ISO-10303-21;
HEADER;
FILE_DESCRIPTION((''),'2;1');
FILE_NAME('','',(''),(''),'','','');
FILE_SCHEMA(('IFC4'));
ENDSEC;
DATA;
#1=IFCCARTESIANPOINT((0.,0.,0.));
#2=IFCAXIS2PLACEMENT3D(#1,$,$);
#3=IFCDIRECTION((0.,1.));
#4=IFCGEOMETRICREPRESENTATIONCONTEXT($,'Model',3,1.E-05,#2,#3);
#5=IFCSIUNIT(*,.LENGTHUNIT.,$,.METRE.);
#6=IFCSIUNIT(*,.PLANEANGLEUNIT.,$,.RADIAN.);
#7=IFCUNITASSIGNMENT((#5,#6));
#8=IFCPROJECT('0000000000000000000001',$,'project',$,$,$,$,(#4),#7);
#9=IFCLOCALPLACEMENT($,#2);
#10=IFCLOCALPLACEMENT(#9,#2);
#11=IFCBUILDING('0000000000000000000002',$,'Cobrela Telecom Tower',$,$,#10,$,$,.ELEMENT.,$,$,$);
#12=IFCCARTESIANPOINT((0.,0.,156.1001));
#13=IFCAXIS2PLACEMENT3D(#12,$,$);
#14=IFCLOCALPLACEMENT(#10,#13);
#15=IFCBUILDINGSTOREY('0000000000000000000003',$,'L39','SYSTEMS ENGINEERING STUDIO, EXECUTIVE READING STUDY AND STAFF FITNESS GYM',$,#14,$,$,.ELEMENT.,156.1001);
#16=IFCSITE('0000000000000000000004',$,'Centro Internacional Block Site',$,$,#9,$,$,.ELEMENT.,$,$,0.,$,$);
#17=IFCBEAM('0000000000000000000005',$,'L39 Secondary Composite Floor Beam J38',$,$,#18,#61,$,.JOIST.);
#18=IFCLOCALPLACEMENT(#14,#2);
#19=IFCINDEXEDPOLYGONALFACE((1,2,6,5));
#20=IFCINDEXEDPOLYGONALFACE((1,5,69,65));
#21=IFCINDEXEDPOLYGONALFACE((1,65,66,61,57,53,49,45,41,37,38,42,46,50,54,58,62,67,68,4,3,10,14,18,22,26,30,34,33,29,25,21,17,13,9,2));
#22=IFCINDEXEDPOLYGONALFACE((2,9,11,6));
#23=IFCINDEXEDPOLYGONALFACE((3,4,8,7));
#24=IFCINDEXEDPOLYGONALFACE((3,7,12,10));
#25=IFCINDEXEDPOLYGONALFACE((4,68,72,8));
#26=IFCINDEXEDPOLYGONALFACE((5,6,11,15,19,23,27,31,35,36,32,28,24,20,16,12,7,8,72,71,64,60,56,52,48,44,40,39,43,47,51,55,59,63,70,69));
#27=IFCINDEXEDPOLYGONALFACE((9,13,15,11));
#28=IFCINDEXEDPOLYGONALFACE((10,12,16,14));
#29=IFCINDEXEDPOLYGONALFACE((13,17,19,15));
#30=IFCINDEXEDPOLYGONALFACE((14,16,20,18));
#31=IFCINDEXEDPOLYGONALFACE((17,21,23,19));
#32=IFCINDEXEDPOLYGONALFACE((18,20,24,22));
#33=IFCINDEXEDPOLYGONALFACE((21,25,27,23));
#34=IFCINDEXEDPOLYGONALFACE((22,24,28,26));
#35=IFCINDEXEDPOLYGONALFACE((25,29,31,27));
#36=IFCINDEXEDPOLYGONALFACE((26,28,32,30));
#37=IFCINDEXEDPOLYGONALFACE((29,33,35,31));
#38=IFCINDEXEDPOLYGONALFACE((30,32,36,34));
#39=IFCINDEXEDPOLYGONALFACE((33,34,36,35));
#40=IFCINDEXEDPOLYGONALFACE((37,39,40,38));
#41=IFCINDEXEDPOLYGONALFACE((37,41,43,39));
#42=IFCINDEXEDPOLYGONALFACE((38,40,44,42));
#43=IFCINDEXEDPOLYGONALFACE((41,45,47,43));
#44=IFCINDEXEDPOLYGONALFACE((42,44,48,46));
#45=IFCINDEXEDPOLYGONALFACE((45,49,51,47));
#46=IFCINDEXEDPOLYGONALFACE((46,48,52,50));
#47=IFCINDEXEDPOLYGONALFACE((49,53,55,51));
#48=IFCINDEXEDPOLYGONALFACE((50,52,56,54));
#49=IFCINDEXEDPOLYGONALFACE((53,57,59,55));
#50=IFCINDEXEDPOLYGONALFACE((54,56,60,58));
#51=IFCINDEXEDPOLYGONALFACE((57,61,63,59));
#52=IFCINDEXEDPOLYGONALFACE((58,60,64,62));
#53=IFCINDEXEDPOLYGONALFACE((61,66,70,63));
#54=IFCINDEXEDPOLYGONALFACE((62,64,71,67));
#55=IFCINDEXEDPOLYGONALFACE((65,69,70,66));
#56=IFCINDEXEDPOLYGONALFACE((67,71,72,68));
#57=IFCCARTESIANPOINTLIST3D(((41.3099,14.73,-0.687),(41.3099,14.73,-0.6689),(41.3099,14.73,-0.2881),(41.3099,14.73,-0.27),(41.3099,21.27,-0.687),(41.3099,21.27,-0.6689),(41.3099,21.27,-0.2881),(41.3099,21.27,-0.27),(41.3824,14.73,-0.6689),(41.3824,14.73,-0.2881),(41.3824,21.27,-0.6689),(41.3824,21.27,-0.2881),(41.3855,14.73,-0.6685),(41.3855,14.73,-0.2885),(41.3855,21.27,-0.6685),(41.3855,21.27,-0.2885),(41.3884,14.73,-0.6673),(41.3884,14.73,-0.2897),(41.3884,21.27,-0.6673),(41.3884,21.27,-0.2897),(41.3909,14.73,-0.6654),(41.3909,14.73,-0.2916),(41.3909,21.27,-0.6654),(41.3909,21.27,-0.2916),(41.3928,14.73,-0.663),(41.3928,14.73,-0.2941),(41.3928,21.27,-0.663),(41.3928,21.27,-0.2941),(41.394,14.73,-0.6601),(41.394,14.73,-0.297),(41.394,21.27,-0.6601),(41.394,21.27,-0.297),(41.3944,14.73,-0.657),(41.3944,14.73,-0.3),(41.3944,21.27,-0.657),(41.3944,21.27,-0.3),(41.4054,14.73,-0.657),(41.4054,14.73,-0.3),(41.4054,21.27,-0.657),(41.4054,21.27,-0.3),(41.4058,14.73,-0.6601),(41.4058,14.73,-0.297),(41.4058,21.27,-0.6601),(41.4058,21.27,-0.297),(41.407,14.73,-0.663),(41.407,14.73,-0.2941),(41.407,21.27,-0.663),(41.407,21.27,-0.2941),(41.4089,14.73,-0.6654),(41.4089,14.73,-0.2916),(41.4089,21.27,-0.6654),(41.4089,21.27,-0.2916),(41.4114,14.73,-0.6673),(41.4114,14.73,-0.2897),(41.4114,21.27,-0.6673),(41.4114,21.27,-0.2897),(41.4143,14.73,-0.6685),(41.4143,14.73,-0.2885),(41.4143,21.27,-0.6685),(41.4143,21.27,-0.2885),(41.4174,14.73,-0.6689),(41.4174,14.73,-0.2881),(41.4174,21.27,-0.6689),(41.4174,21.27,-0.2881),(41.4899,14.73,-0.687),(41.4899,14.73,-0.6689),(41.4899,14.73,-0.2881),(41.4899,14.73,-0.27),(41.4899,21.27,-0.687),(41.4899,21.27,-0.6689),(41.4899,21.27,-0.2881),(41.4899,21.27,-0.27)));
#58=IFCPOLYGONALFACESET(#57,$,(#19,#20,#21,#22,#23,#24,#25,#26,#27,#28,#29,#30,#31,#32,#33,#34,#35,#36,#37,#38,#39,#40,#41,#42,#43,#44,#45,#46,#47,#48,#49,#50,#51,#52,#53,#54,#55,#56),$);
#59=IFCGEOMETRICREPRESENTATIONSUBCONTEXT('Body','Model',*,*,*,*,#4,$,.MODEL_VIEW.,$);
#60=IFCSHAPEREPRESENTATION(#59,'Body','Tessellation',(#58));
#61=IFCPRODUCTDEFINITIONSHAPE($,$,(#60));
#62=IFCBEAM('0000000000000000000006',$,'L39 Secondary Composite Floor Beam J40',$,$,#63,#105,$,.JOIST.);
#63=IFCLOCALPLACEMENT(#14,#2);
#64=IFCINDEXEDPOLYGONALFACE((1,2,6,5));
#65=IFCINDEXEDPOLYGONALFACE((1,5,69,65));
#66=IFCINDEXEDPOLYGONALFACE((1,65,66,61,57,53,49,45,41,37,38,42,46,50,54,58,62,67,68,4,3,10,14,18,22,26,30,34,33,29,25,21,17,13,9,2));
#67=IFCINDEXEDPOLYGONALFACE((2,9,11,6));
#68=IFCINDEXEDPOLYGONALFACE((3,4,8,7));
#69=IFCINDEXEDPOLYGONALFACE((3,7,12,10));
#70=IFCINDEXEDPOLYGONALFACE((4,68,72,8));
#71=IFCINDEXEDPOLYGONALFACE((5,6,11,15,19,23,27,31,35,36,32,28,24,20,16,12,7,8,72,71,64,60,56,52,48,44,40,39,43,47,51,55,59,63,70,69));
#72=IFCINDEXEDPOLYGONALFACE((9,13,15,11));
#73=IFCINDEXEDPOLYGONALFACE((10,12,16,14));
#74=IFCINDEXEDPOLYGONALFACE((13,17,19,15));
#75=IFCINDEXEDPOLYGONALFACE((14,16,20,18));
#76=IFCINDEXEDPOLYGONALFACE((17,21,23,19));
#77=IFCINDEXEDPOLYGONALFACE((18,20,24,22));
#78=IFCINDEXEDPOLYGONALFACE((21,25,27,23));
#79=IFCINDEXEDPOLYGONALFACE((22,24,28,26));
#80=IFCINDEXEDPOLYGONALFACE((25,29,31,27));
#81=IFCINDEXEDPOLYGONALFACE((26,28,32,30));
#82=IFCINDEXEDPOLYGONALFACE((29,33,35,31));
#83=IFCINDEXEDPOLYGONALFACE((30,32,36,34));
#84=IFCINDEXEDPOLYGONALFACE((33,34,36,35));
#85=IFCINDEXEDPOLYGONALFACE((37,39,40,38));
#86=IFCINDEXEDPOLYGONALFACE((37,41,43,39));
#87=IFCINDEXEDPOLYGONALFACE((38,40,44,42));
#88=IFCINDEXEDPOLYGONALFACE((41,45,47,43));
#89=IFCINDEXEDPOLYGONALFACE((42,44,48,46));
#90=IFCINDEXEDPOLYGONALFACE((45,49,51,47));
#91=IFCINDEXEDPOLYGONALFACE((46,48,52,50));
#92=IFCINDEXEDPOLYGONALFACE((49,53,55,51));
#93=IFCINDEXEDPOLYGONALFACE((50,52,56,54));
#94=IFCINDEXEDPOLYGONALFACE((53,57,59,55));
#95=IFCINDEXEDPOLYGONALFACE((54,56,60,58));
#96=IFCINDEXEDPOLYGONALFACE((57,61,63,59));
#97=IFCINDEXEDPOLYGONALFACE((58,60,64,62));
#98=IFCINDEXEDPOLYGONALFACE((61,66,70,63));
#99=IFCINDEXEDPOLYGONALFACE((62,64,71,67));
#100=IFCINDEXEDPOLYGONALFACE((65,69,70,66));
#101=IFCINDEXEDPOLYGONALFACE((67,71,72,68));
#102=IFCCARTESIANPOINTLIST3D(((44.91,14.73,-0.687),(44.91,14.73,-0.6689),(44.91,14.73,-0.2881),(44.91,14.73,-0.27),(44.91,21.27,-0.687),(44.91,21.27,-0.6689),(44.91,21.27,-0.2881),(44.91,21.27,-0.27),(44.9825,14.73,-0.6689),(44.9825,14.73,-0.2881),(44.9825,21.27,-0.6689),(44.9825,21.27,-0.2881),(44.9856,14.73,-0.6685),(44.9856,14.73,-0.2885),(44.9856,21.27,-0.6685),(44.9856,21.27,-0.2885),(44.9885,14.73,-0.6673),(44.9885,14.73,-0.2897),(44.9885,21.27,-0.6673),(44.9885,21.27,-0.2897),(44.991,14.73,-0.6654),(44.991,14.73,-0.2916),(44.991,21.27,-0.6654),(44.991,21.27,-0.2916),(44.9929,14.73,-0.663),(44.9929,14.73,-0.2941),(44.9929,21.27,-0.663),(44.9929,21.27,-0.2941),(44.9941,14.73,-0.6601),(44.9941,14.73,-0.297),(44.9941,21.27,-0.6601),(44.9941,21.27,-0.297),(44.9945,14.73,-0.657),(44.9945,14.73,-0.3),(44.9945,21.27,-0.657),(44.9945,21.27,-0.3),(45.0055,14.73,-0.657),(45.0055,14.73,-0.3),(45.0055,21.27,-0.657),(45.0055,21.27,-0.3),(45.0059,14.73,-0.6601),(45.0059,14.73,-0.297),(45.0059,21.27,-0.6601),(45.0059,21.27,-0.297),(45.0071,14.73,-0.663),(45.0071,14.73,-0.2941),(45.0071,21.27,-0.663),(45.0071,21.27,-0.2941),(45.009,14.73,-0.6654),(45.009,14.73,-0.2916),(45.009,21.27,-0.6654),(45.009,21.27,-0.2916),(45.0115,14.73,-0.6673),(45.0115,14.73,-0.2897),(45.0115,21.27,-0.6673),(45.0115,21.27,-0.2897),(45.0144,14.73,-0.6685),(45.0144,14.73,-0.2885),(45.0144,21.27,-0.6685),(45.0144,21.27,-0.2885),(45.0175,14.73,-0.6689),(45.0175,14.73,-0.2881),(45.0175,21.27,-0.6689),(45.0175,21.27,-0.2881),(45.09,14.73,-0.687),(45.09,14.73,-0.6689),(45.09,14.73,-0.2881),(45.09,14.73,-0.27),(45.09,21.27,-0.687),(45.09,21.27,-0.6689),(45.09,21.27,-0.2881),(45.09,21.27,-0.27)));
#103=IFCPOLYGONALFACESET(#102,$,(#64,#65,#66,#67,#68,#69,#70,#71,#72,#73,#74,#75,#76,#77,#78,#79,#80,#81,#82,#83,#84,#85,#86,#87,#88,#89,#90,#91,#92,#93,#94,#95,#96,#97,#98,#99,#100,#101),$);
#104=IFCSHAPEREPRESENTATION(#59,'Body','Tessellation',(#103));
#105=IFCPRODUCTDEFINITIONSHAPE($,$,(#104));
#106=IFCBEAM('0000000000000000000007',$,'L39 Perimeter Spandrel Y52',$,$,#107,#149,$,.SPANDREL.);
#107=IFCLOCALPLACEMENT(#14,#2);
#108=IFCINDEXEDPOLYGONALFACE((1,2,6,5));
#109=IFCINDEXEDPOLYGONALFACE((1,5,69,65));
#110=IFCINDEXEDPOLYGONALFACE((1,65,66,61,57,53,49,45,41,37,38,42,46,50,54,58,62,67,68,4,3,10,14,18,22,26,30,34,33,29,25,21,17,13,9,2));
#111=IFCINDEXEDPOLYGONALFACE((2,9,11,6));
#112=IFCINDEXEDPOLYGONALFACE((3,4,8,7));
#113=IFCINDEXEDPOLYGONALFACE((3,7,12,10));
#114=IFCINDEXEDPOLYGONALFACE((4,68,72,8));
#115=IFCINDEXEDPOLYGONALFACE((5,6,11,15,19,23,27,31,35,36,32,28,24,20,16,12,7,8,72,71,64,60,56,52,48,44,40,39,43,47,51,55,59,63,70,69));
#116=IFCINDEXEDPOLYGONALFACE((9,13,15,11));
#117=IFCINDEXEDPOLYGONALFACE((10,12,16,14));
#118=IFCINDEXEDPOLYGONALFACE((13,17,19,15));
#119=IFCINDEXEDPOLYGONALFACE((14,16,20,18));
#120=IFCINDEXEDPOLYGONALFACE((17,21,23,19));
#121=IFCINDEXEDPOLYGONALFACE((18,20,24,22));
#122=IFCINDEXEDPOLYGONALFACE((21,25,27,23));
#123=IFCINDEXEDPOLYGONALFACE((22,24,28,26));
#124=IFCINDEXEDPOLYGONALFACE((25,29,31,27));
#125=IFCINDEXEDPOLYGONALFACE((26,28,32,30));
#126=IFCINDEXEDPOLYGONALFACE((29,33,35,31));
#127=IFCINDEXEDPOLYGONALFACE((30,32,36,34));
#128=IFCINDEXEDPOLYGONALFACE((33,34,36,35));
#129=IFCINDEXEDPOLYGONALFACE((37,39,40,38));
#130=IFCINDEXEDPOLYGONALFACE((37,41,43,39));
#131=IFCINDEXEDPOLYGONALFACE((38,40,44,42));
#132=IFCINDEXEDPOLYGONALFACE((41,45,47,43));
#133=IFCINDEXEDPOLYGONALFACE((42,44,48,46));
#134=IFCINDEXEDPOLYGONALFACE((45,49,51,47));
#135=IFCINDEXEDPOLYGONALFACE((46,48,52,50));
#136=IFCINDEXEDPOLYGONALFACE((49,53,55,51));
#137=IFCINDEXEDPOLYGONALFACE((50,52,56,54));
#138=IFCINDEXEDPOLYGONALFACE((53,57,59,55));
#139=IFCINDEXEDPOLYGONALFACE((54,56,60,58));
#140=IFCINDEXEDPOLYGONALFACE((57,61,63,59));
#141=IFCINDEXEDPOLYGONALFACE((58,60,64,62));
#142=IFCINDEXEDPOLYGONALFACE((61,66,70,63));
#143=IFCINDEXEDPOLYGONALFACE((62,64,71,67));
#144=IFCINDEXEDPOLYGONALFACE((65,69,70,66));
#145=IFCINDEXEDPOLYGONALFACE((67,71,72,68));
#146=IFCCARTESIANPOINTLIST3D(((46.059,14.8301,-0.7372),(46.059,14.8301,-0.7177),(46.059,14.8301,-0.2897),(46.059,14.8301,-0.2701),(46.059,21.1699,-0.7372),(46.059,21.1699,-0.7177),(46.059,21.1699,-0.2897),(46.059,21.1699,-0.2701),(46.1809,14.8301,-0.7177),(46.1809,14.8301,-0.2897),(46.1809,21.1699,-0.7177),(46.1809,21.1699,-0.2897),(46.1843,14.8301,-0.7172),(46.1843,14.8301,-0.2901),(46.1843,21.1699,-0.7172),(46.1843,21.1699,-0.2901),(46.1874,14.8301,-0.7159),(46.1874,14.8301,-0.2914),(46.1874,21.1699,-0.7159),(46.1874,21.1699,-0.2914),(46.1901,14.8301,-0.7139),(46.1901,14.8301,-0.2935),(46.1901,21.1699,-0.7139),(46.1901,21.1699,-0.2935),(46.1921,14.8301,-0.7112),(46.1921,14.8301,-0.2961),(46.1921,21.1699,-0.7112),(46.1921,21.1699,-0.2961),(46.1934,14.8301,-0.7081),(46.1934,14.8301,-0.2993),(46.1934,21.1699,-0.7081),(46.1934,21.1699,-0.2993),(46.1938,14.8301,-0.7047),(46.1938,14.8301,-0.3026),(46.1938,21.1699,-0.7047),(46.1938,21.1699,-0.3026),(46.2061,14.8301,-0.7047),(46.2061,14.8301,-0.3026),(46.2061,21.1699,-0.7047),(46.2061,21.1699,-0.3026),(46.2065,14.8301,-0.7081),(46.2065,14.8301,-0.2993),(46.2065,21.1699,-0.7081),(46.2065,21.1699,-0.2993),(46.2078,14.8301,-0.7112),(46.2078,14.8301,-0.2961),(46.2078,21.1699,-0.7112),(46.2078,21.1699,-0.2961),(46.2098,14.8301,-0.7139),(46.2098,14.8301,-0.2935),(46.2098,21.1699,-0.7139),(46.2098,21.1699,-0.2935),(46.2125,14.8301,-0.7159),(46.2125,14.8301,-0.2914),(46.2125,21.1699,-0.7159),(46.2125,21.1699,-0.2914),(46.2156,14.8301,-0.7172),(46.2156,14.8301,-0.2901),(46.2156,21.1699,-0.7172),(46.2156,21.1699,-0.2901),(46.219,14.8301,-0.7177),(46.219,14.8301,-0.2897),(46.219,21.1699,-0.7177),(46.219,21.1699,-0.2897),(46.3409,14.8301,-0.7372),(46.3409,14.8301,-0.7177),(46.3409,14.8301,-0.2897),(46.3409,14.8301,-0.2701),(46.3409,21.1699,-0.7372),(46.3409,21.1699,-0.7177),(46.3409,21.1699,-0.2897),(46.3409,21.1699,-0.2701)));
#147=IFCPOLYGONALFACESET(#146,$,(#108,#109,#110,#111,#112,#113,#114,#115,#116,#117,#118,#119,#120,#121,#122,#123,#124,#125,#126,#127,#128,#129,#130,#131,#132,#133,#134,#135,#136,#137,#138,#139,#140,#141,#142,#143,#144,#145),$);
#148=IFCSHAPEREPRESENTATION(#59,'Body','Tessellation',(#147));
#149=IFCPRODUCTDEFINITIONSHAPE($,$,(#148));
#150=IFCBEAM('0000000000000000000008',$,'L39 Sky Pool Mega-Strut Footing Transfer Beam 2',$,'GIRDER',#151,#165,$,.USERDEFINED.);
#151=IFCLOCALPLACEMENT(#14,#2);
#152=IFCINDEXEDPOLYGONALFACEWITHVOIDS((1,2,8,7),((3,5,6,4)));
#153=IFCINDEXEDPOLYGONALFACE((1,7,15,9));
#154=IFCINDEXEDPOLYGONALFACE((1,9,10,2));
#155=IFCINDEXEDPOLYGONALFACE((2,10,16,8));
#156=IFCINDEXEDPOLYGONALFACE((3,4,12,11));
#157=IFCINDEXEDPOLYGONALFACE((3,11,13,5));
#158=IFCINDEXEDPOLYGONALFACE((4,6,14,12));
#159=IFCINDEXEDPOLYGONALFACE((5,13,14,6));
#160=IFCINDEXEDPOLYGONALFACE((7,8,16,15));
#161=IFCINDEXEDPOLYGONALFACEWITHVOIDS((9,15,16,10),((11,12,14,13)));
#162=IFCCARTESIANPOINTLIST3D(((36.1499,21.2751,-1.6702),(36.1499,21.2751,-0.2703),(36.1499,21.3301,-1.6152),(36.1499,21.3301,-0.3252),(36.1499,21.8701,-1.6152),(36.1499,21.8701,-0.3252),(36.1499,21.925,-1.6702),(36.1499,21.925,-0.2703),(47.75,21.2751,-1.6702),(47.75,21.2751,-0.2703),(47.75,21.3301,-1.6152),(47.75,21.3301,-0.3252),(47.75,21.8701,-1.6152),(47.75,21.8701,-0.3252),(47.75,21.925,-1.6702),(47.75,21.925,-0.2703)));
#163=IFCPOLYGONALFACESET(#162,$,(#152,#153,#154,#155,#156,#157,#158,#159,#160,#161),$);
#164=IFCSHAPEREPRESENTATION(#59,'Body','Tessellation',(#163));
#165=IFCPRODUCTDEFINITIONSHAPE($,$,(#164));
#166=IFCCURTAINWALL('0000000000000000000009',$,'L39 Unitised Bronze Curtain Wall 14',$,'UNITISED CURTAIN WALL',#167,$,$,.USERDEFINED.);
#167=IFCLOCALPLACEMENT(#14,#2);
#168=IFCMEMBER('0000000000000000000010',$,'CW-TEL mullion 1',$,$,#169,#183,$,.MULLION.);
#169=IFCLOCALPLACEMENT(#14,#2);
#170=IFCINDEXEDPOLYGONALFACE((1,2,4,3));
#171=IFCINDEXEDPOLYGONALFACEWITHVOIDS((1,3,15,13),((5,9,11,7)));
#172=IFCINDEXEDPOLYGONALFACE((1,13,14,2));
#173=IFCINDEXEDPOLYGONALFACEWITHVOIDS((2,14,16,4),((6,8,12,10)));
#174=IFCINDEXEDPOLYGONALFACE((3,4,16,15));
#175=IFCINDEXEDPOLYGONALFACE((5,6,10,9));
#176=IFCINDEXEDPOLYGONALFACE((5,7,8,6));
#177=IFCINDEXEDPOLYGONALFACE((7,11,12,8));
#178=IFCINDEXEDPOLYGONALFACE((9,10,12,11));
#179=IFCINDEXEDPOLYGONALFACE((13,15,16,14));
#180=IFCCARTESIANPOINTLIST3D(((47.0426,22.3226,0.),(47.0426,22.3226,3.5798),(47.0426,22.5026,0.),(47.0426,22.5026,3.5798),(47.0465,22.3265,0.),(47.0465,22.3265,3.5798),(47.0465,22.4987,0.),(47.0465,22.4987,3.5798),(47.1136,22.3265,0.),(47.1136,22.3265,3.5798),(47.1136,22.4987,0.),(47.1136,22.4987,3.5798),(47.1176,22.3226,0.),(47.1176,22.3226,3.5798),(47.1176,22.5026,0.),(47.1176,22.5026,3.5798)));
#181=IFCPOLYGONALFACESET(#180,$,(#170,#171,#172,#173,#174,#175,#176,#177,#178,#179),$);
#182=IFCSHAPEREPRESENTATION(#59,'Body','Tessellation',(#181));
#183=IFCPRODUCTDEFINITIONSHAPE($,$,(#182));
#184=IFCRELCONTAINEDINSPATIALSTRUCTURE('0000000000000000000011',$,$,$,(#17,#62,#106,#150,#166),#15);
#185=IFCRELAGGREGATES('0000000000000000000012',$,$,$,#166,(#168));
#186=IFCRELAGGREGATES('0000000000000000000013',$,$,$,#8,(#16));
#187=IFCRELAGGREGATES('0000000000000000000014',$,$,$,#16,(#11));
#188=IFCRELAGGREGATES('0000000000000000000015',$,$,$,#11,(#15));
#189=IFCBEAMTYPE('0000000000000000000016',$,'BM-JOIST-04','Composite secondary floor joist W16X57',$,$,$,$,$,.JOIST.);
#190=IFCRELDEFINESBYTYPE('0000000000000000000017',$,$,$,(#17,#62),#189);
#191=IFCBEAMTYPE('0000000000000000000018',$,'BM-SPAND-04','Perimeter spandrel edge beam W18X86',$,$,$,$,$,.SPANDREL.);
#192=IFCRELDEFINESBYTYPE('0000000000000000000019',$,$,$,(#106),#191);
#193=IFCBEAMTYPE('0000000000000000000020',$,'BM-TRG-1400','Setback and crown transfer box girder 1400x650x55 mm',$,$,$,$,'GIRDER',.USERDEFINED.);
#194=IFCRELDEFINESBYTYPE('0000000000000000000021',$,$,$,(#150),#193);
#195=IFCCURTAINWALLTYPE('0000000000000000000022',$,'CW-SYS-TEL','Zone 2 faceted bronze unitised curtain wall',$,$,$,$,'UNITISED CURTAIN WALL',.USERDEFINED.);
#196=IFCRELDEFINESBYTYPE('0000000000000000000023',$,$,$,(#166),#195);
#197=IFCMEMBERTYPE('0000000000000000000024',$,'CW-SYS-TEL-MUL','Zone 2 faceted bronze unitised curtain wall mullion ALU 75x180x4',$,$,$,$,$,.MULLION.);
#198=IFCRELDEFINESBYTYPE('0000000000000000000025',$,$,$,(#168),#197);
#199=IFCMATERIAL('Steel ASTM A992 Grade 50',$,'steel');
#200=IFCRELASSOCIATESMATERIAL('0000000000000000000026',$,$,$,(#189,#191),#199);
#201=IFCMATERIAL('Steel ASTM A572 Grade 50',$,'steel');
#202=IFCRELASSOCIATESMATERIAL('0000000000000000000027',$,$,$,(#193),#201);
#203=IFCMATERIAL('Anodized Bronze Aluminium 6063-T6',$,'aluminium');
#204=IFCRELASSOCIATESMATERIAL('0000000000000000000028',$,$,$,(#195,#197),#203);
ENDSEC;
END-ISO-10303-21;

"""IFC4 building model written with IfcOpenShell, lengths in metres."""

from ifc_helpers import new_model, si_unit, direction, frame, origin, origin_2d, place, context, subcontext, project, spatial, hollow_rectangle, i_section, extrude, material, material_profile, profile_set, type_object, element, aggregate, save


model = new_model("IFC4")

# Units and contexts
model_context = context("Model", 3, precision=1e-05, world=origin(), true_north=direction((0.0, 1.0)))
body_context = subcontext(model_context, "Body", "Model", "MODEL_VIEW")
ifc_project = project(units=[si_unit("LENGTHUNIT", "METRE"), si_unit("PLANEANGLEUNIT", "RADIAN")], contexts=[model_context])

# Site, building, storey
site_placement = place(None, origin())
site = spatial("IfcSite", under=ifc_project, at=site_placement, Name="Centro Internacional Block Site", CompositionType="ELEMENT", RefElevation=0.0)
building_placement = place(site_placement, origin())
building = spatial("IfcBuilding", under=site, at=building_placement, Name="Cobrela Telecom Tower", CompositionType="ELEMENT")
storey_placement = place(building_placement, frame((0.0, 0.0, 156.1001)))
storey = spatial("IfcBuildingStorey", under=building, at=storey_placement, Name="L39", Description="SYSTEMS ENGINEERING STUDIO, EXECUTIVE READING STUDY AND STAFF FITNESS GYM", CompositionType="ELEMENT", Elevation=156.1001)

# Shared definitions
ifc_material_1 = material(Name="Steel ASTM A992 Grade 50", Category="steel")
ifc_material_2 = material(Name="Steel ASTM A572 Grade 50", Category="steel")

# Beams
ifc_material_profile_1 = material_profile(ifc_material_1, i_section(OverallWidth=0.1799, OverallDepth=0.417, WebThickness=0.011, FlangeThickness=0.0181, FilletRadius=0.012, at=origin_2d()), Name="W16X57")
ifc_profile_set_1 = profile_set([ifc_material_profile_1], Name="Steel ASTM A992 Grade 50")
beam_type_1 = type_object("IfcBeamType", Name="BM-JOIST-04", Description="Composite secondary floor joist W16X57", PredefinedType="JOIST", material=ifc_profile_set_1)
for number, where, z_axis, x_axis, name in (
    (1, (41.3999, 14.73, -0.4785), (0.0, 1.0, 0.0), (-1.0, 0.0, 0.0), "L39 Secondary Composite Floor Beam J38"),
    (2, (45.0, 14.73, -0.4785), (0.0, 1.0, 0.0), (-1.0, 0.0, 0.0), "L39 Secondary Composite Floor Beam J40"),
):
    element("IfcBeam", number, at=place(storey_placement, frame(where, z_axis=z_axis, x_axis=x_axis)), inside=storey, type_object=beam_type_1, Name=name, PredefinedType="JOIST", context=body_context, shape_type="SweptSolid", body=[
        extrude(i_section(OverallWidth=0.1799, OverallDepth=0.417, WebThickness=0.011, FlangeThickness=0.0181, FilletRadius=0.012, at=origin_2d()), origin(), (0.0, 0.0, 1.0), 6.54),
    ])
ifc_material_profile_2 = material_profile(ifc_material_1, i_section(OverallWidth=0.282, OverallDepth=0.467, WebThickness=0.0122, FlangeThickness=0.0195, FilletRadius=0.0129, at=origin_2d()), Name="W18X86")
ifc_profile_set_2 = profile_set([ifc_material_profile_2], Name="Steel ASTM A992 Grade 50")
beam_type_2 = type_object("IfcBeamType", Name="BM-SPAND-04", Description="Perimeter spandrel edge beam W18X86", PredefinedType="SPANDREL", material=ifc_profile_set_2)
beam_1_placement = place(storey_placement, frame((46.2, 14.8301, -0.5037), z_axis=(0.0, 1.0, 0.0), x_axis=(-1.0, 0.0, 0.0)))
element("IfcBeam", 3, at=beam_1_placement, inside=storey, type_object=beam_type_2, Name="L39 Perimeter Spandrel Y52", PredefinedType="SPANDREL", context=body_context, shape_type="SweptSolid", body=[
    extrude(i_section(OverallWidth=0.282, OverallDepth=0.467, WebThickness=0.0122, FlangeThickness=0.0195, FilletRadius=0.0129, at=origin_2d()), origin(), (0.0, 0.0, 1.0), 6.3398),
])
ifc_material_profile_3 = material_profile(ifc_material_2, hollow_rectangle(XDim=0.6499, YDim=1.3999, WallThickness=0.0549, at=origin_2d()), Name="BOX 1400x650x55")
ifc_profile_set_3 = profile_set([ifc_material_profile_3], Name="Steel ASTM A572 Grade 50")
beam_type_3 = type_object("IfcBeamType", Name="BM-TRG-1400", Description="Setback and crown transfer box girder 1400x650x55 mm", ElementType="GIRDER", PredefinedType="USERDEFINED", material=ifc_profile_set_3)
beam_2_placement = place(storey_placement, frame((36.1499, 21.6001, -0.9702), z_axis=(1.0, 0.0, 0.0), x_axis=(0.0, 1.0, 0.0)))
element("IfcBeam", 4, at=beam_2_placement, inside=storey, type_object=beam_type_3, Name="L39 Sky Pool Mega-Strut Footing Transfer Beam 2", ObjectType="GIRDER", PredefinedType="USERDEFINED", context=body_context, shape_type="SweptSolid", body=[
    extrude(hollow_rectangle(XDim=0.6499, YDim=1.3999, WallThickness=0.0549, at=origin_2d()), origin(), (0.0, 0.0, 1.0), 11.6001),
])

# Curtain wall, member
ifc_material_3 = material(Name="Anodized Bronze Aluminium 6063-T6", Category="aluminium")
curtain_wall_type = type_object("IfcCurtainWallType", Name="CW-SYS-TEL", Description="Zone 2 faceted bronze unitised curtain wall", ElementType="UNITISED CURTAIN WALL", PredefinedType="USERDEFINED", material=ifc_material_3)
curtain_wall_placement = place(storey_placement, origin())
curtain_wall = element("IfcCurtainWall", 5, at=curtain_wall_placement, inside=storey, type_object=curtain_wall_type, Name="L39 Unitised Bronze Curtain Wall 14", ObjectType="UNITISED CURTAIN WALL", PredefinedType="USERDEFINED")
ifc_material_profile_4 = material_profile(ifc_material_3, hollow_rectangle(XDim=0.075, YDim=0.1799, WallThickness=0.0039, at=origin_2d()), Name="ALU 75x180x4")
ifc_profile_set_4 = profile_set([ifc_material_profile_4], Name="Anodized Bronze Aluminium 6063-T6")
member_type_1 = type_object("IfcMemberType", Name="CW-SYS-TEL-MUL", Description="Zone 2 faceted bronze unitised curtain wall mullion ALU 75x180x4", PredefinedType="MULLION", material=ifc_profile_set_4)
member_1_placement = place(storey_placement, frame((47.0801, 22.4126, 0.0), z_axis=(0.0, 0.0, 1.0), x_axis=(1.0, 0.0, 0.0)))
member_1 = element("IfcMember", 6, at=member_1_placement, type_object=member_type_1, Name="CW-TEL mullion 1", PredefinedType="MULLION", context=body_context, shape_type="SweptSolid", body=[
    extrude(hollow_rectangle(XDim=0.075, YDim=0.1799, WallThickness=0.0039, at=origin_2d()), origin(), (0.0, 0.0, 1.0), 3.5798),
])
aggregate(curtain_wall, [member_1])

save(model, "model.ifc")
